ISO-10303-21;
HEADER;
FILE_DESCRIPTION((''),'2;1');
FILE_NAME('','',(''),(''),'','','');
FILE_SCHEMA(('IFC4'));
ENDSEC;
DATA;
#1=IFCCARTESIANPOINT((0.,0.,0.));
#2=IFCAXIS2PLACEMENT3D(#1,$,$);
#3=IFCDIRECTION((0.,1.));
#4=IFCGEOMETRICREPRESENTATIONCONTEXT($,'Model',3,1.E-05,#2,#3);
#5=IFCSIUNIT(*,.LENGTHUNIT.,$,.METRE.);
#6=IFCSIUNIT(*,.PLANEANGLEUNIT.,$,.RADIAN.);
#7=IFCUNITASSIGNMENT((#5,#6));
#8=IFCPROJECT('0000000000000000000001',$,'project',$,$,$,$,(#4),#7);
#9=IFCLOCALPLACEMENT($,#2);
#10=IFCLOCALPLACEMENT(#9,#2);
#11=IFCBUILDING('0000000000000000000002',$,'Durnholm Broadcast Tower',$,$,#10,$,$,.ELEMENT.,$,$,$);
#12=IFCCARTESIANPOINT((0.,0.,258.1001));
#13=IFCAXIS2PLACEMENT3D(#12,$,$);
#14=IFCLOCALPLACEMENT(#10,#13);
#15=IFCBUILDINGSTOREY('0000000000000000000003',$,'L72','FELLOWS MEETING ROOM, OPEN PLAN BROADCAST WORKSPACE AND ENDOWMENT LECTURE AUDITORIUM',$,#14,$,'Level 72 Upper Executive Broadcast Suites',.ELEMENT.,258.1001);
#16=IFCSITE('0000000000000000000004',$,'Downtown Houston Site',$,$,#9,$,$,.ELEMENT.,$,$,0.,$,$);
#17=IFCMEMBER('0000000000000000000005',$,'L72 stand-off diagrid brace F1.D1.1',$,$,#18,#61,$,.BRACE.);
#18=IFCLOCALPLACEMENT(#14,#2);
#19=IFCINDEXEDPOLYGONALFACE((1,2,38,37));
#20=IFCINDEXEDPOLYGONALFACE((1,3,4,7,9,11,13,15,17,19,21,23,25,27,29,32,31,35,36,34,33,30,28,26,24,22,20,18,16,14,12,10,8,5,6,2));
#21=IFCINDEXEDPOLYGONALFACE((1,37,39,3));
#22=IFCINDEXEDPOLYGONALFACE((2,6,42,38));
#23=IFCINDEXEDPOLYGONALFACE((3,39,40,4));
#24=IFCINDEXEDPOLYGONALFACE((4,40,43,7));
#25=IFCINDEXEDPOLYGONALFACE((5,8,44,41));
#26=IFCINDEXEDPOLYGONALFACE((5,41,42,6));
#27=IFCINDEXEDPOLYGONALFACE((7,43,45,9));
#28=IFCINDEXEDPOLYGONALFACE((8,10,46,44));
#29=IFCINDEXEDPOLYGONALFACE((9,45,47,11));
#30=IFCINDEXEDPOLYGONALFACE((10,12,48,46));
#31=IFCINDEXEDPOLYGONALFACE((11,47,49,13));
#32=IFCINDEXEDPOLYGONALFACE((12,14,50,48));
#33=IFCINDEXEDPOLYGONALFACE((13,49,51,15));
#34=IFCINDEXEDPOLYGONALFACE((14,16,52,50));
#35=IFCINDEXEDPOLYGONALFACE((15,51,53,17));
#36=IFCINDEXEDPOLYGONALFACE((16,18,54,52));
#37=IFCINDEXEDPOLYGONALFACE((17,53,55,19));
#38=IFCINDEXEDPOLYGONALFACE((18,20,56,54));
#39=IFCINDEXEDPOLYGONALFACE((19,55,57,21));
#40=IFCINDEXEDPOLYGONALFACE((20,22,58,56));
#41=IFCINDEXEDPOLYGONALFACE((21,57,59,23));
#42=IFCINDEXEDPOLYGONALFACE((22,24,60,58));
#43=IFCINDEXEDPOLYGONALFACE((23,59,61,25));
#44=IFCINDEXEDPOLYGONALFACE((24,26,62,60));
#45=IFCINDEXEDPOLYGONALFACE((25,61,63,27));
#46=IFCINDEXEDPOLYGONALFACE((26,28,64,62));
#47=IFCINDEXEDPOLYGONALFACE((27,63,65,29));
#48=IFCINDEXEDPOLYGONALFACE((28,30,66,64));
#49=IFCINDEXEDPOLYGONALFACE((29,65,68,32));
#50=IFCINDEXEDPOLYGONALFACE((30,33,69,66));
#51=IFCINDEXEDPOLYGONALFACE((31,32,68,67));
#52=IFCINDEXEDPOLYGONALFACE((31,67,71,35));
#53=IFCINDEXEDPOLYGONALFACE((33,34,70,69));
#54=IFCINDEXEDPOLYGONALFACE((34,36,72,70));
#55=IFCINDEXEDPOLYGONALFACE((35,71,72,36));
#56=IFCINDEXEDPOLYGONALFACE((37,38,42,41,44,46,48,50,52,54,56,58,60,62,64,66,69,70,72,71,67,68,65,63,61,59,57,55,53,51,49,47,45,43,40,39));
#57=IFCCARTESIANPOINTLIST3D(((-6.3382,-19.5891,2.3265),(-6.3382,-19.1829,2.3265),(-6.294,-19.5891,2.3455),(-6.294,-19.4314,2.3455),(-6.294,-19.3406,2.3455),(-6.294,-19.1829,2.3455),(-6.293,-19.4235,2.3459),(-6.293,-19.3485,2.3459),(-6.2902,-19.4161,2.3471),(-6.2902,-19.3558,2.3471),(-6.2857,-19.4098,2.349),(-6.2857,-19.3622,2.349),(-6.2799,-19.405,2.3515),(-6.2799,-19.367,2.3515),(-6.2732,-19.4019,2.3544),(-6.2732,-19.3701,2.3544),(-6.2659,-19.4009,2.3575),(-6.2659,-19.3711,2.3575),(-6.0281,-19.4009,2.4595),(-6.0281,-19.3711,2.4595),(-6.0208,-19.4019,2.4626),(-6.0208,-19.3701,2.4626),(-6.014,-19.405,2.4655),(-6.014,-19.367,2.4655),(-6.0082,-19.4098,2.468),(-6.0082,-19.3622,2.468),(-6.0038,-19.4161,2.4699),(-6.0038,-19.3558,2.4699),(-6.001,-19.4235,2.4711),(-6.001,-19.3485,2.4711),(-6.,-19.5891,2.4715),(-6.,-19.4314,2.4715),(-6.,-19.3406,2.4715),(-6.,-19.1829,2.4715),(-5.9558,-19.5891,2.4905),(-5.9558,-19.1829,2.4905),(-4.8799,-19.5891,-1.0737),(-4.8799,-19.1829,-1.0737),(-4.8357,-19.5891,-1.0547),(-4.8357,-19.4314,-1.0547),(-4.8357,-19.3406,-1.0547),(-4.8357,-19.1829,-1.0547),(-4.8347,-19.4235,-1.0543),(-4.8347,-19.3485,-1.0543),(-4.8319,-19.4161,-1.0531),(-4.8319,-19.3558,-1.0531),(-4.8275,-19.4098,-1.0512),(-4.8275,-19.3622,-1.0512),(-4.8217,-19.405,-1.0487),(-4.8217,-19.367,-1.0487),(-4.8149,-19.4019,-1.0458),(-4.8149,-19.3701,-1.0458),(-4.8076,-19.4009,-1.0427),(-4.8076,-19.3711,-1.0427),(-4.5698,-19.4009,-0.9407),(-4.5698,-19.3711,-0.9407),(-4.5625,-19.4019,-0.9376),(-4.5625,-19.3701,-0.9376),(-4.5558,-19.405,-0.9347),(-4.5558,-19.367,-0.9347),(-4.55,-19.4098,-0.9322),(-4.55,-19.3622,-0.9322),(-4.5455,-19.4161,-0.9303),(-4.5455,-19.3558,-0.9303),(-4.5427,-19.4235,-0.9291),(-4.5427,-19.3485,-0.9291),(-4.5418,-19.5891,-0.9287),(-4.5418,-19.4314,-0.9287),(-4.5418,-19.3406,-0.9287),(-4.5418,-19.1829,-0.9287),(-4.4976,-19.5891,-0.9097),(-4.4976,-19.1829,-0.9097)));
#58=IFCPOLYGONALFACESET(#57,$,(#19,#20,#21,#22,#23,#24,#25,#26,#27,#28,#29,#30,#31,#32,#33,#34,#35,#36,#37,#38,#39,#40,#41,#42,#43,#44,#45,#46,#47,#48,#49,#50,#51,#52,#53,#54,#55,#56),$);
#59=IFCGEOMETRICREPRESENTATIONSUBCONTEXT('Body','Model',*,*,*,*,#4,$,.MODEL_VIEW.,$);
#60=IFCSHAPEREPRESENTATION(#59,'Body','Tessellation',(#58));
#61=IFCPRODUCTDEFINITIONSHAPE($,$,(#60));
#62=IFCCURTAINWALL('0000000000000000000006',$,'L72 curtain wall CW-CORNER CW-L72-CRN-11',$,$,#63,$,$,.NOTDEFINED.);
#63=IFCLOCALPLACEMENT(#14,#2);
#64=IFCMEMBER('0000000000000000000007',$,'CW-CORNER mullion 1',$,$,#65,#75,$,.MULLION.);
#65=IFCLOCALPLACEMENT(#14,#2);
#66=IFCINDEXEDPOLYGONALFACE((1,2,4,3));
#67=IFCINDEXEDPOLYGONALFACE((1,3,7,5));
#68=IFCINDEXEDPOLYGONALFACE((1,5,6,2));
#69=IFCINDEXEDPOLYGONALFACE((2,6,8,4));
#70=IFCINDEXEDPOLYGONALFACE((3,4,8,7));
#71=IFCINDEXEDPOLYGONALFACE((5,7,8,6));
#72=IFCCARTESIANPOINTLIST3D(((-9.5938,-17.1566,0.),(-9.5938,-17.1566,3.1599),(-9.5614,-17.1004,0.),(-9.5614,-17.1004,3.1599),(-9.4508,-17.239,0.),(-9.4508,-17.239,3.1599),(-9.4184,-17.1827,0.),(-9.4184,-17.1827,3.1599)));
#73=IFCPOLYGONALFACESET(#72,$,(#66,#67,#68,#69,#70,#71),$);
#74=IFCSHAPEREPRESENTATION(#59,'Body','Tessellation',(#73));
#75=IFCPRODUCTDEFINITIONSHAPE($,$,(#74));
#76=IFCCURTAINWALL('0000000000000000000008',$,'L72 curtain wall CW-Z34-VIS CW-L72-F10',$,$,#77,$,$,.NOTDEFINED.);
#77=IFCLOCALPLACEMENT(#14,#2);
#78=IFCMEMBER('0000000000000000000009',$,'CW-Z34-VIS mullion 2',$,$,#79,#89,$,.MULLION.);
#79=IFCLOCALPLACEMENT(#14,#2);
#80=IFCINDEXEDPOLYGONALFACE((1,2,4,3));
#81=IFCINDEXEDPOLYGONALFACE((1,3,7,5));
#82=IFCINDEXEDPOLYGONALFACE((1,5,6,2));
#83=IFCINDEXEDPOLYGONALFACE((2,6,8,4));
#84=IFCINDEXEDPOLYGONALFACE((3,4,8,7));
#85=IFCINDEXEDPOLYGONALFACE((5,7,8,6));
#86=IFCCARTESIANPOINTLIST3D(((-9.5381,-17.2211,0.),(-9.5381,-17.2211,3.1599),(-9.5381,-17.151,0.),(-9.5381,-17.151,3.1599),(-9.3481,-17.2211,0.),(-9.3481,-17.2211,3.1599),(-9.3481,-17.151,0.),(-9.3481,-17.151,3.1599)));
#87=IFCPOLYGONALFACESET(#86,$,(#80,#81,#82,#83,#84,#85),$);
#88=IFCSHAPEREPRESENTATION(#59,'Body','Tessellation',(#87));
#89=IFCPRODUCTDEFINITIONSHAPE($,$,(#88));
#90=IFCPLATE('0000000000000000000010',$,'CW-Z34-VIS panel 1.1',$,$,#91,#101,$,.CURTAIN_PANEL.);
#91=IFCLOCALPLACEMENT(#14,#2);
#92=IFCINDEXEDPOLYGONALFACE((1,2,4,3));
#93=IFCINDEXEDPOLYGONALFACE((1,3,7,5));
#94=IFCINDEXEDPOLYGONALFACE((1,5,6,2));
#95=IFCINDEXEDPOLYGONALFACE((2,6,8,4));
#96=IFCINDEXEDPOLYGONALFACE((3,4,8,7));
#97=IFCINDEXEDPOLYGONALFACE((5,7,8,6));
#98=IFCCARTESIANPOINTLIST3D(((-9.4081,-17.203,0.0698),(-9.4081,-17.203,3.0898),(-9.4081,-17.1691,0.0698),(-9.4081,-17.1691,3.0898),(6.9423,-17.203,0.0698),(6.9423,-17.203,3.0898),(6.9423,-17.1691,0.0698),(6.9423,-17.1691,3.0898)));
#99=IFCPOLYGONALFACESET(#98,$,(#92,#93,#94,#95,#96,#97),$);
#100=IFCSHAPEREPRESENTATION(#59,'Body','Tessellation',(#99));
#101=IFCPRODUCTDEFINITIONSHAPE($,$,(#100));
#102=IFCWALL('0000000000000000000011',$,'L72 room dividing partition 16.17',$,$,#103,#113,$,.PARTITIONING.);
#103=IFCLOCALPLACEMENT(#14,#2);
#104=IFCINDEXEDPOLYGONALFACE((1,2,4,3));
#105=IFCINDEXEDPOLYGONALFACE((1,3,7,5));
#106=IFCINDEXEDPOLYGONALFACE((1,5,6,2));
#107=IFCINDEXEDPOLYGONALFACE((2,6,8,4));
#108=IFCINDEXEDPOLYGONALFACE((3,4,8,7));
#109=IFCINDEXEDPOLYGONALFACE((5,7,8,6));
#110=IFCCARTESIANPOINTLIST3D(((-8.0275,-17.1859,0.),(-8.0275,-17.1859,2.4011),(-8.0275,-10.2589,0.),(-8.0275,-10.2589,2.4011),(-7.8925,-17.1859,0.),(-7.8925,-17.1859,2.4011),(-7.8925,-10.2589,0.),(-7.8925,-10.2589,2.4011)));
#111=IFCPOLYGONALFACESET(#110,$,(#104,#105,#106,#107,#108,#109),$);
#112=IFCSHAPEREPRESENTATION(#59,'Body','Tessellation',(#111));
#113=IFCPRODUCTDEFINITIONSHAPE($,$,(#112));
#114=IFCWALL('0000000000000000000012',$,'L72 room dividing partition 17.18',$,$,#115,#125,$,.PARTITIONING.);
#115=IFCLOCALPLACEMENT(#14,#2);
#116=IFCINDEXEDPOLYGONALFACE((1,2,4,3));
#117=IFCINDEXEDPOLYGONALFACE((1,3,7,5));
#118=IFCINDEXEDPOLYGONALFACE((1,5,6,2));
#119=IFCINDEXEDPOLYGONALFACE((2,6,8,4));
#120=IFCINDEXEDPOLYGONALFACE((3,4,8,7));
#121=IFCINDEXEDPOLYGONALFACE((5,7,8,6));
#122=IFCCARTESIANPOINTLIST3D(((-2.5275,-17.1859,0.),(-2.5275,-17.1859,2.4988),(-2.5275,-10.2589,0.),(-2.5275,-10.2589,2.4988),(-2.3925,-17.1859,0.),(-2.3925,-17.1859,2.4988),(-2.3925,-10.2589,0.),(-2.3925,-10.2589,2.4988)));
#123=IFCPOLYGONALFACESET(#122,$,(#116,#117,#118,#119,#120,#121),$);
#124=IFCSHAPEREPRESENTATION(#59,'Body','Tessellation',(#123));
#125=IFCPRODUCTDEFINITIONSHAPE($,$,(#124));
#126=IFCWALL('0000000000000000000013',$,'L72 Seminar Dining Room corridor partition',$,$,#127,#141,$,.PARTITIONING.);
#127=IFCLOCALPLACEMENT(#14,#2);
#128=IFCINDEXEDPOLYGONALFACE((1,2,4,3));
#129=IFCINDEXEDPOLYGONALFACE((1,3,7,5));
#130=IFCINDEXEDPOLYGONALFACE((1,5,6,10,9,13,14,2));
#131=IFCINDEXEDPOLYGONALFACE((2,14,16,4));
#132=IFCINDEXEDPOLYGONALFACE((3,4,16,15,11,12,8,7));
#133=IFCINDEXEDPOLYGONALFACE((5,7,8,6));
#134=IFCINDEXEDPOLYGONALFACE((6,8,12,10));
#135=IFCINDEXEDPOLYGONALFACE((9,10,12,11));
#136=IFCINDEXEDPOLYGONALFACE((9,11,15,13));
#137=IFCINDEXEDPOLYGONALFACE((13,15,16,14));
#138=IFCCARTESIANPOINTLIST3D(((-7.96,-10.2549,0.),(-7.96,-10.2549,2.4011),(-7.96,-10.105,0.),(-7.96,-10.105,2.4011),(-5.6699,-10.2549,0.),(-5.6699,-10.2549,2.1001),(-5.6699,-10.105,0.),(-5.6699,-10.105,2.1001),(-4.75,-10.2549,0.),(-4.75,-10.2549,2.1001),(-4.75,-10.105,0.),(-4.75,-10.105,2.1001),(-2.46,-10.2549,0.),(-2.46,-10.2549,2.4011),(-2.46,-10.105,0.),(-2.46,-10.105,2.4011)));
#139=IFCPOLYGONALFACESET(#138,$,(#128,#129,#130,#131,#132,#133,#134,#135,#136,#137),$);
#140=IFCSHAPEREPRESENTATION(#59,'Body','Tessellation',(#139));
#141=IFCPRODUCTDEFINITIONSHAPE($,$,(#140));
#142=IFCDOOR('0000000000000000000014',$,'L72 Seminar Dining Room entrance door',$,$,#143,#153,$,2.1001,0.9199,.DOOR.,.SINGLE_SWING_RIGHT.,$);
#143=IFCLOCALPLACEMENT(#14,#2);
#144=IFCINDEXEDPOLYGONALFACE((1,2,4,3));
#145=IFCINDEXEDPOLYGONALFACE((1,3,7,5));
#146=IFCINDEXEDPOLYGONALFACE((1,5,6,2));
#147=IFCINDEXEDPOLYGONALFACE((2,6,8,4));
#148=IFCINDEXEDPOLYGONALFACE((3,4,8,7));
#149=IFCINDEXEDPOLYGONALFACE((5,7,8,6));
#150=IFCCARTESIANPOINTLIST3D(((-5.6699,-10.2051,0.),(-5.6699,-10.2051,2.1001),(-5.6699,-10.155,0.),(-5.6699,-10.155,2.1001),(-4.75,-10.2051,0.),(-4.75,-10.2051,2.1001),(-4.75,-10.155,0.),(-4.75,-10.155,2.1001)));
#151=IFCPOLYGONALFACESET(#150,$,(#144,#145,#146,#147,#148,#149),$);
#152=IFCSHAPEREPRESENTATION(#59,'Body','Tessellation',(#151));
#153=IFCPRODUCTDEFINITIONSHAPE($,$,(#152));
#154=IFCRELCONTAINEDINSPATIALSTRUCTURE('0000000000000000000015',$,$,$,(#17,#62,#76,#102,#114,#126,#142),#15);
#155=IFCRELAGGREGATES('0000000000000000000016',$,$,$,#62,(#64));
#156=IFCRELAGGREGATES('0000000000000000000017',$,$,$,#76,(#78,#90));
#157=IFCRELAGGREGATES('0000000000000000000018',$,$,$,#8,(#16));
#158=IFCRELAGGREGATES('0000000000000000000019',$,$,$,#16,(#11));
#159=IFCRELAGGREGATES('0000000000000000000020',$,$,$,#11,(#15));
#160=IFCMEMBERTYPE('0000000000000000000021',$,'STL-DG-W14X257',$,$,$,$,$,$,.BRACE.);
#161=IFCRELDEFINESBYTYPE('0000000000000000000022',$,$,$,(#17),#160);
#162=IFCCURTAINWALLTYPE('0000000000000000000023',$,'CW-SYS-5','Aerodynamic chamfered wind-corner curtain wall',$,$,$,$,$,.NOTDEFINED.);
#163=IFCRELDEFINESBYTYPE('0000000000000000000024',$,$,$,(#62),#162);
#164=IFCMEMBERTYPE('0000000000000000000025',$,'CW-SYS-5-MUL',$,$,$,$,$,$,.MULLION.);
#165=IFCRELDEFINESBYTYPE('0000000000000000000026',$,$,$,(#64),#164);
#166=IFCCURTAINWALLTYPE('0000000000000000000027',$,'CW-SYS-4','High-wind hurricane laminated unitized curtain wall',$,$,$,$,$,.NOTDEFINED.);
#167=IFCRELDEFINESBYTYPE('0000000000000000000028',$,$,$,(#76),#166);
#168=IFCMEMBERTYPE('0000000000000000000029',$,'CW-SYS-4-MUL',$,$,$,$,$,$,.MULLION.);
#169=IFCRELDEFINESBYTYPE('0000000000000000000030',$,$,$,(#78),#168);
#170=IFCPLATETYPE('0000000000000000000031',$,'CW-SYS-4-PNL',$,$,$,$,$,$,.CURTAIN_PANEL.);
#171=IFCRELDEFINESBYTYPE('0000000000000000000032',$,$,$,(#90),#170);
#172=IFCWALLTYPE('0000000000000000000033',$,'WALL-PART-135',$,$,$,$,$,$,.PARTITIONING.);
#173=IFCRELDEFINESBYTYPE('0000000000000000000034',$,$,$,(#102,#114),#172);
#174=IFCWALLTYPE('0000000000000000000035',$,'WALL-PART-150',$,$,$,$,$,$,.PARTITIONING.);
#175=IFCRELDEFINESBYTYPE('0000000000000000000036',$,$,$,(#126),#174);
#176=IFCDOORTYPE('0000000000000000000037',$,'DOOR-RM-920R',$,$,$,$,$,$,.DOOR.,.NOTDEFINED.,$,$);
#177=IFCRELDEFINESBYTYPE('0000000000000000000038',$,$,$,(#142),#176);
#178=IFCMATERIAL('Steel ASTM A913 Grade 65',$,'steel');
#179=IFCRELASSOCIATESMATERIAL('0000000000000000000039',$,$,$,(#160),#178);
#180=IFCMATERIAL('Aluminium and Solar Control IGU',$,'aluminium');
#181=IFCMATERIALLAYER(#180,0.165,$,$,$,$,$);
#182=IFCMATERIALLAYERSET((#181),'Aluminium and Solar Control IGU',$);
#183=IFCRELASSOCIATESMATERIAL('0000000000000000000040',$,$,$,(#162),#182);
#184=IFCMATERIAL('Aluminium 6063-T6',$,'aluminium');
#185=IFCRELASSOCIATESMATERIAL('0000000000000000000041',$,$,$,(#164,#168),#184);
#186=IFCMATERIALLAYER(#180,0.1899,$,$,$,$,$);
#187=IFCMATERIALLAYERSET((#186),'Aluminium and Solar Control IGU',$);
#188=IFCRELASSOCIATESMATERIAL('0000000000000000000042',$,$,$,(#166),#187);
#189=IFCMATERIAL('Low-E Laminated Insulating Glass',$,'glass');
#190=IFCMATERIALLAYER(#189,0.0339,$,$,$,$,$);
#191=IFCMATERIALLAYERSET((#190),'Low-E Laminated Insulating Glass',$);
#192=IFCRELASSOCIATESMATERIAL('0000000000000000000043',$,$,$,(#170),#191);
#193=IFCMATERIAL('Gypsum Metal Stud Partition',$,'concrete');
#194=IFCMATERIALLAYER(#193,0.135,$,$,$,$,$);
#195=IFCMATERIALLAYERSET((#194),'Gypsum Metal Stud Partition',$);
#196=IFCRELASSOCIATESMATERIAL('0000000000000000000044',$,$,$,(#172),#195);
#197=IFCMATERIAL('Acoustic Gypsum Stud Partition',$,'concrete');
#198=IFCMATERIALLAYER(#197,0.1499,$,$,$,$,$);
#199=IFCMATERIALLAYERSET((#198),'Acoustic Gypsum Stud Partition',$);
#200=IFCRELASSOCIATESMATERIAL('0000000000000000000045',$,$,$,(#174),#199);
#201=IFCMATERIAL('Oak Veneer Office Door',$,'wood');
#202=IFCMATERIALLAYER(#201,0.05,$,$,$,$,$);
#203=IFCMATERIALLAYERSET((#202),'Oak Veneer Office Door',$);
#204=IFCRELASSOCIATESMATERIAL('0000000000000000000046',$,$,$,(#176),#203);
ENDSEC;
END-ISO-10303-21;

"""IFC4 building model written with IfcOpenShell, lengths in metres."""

from ifc_helpers import new_model, si_unit, direction, frame, frame_2d, origin, origin_2d, place, context, subcontext, project, spatial, rectangle, i_section, extrude, source, transform, mapped, material, layer, layer_set, material_profile, profile_set, type_object, type_shapes, element, fill, aggregate, save


model = new_model("IFC4")

# Units and contexts
model_context = context("Model", 3, precision=1e-05, world=origin(), true_north=direction((0.0, 1.0)))
body_context = subcontext(model_context, "Body", "Model", "MODEL_VIEW")
ifc_project = project(units=[si_unit("LENGTHUNIT", "METRE"), si_unit("PLANEANGLEUNIT", "RADIAN")], contexts=[model_context])

# Site, building, storey
site_placement = place(None, origin())
site = spatial("IfcSite", under=ifc_project, at=site_placement, Name="Downtown Houston Site", CompositionType="ELEMENT", RefElevation=0.0)
building_placement = place(site_placement, origin())
building = spatial("IfcBuilding", under=site, at=building_placement, Name="Durnholm Broadcast Tower", CompositionType="ELEMENT")
storey_placement = place(building_placement, frame((0.0, 0.0, 258.1001)))
storey = spatial("IfcBuildingStorey", under=building, at=storey_placement, Name="L72", Description="FELLOWS MEETING ROOM, OPEN PLAN BROADCAST WORKSPACE AND ENDOWMENT LECTURE AUDITORIUM", LongName="Level 72 Upper Executive Broadcast Suites", CompositionType="ELEMENT", Elevation=258.1001)

# Member
ifc_material_1 = material(Name="Steel ASTM A913 Grade 65", Category="steel")
ifc_material_profile_1 = material_profile(ifc_material_1, i_section(OverallWidth=0.4062, OverallDepth=0.416, WebThickness=0.0298, FlangeThickness=0.0481, FilletRadius=0.0305, at=origin_2d()), Name="W14X257")
ifc_profile_set_1 = profile_set([ifc_material_profile_1], Name="Steel ASTM A913 Grade 65")
member_type_1 = type_object("IfcMemberType", Name="STL-DG-W14X257", PredefinedType="BRACE", material=ifc_profile_set_1)
shared_shape_1 = source(origin(), body_context, "Body", "SweptSolid", [
    extrude(i_section(OverallWidth=0.4062, OverallDepth=0.416, WebThickness=0.0298, FlangeThickness=0.0481, FilletRadius=0.0305, at=origin_2d()), origin(), (0.0, 0.0, 1.0), 3.6997),
])
member_1_placement = place(storey_placement, frame((-4.6887, -19.386, -0.9917), z_axis=(-0.394158, 0.0, 0.919043), x_axis=(0.0, -1.0, 0.0)))
element("IfcMember", 1, at=member_1_placement, inside=storey, type_object=member_type_1, Name="L72 stand-off diagrid brace F1.D1.1", PredefinedType="BRACE", context=body_context, shape_type="MappedRepresentation", body=[
    mapped(shared_shape_1, transform((0.0, 0.0, 0.0), x_axis=(1.0, 0.0, 0.0), y_axis=(0.0, 1.0, 0.0), z_axis=(0.0, 0.0, 1.0), scale=1.0)),
])

# Curtain wall, member
ifc_material_2 = material(Name="Aluminium and Solar Control IGU", Category="aluminium")
ifc_layer_1 = layer(ifc_material_2, 0.165)
ifc_layer_set_1 = layer_set([ifc_layer_1], Name="Aluminium and Solar Control IGU")
curtain_wall_type_1 = type_object("IfcCurtainWallType", Name="CW-SYS-5", Description="Aerodynamic chamfered wind-corner curtain wall", PredefinedType="NOTDEFINED", material=ifc_layer_set_1)
curtain_wall_1_placement = place(storey_placement, origin())
curtain_wall_1 = element("IfcCurtainWall", 2, at=curtain_wall_1_placement, inside=storey, type_object=curtain_wall_type_1, Name="L72 curtain wall CW-CORNER CW-L72-CRN-11", PredefinedType="NOTDEFINED")
ifc_material_3 = material(Name="Aluminium 6063-T6", Category="aluminium")
ifc_material_profile_2 = material_profile(ifc_material_3, rectangle(XDim=0.0649, YDim=0.165, at=origin_2d()), Name="CWM65X165")
ifc_profile_set_2 = profile_set([ifc_material_profile_2], Name="Aluminium 6063-T6")
member_type_2 = type_object("IfcMemberType", Name="CW-SYS-5-MUL", PredefinedType="MULLION", material=ifc_profile_set_2)
shared_shape_2 = source(origin(), body_context, "Body", "SweptSolid", [
    extrude(rectangle(XDim=0.0649, YDim=0.165, at=origin_2d()), origin(), (0.0, 0.0, 1.0), 3.1599),
])
type_shapes(member_type_2, [shared_shape_2])
member_2_placement = place(storey_placement, frame((-9.5061, -17.1697, 0.0), z_axis=(0.0, 0.0, 1.0), x_axis=(-0.499059, -0.866568, 0.0)))
member_2 = element("IfcMember", 3, at=member_2_placement, type_object=member_type_2, Name="CW-CORNER mullion 1", PredefinedType="MULLION", context=body_context, shape_type="MappedRepresentation", body=[
    mapped(shared_shape_2, transform((0.0, 0.0, 0.0), x_axis=(1.0, 0.0, 0.0), y_axis=(0.0, 1.0, 0.0), z_axis=(0.0, 0.0, 1.0), scale=1.0)),
])
aggregate(curtain_wall_1, [member_2])

# Curtain wall, member, plate
ifc_layer_2 = layer(ifc_material_2, 0.1899)
ifc_layer_set_2 = layer_set([ifc_layer_2], Name="Aluminium and Solar Control IGU")
curtain_wall_type_2 = type_object("IfcCurtainWallType", Name="CW-SYS-4", Description="High-wind hurricane laminated unitized curtain wall", PredefinedType="NOTDEFINED", material=ifc_layer_set_2)
curtain_wall_2_placement = place(storey_placement, origin())
curtain_wall_2 = element("IfcCurtainWall", 4, at=curtain_wall_2_placement, inside=storey, type_object=curtain_wall_type_2, Name="L72 curtain wall CW-Z34-VIS CW-L72-F10", PredefinedType="NOTDEFINED")
ifc_material_profile_3 = material_profile(ifc_material_3, rectangle(XDim=0.0701, YDim=0.1899, at=origin_2d()), Name="CWM70X190")
ifc_profile_set_3 = profile_set([ifc_material_profile_3], Name="Aluminium 6063-T6")
member_type_3 = type_object("IfcMemberType", Name="CW-SYS-4-MUL", PredefinedType="MULLION", material=ifc_profile_set_3)
shared_shape_3 = source(origin(), body_context, "Body", "SweptSolid", [
    extrude(rectangle(XDim=0.0701, YDim=0.1899, at=origin_2d()), origin(), (0.0, 0.0, 1.0), 3.1599),
])
type_shapes(member_type_3, [shared_shape_3])
member_3_placement = place(storey_placement, frame((-9.4431, -17.186, 0.0), z_axis=(0.0, 0.0, 1.0), x_axis=(0.0, -1.0, 0.0)))
member_3 = element("IfcMember", 5, at=member_3_placement, type_object=member_type_3, Name="CW-Z34-VIS mullion 2", PredefinedType="MULLION", context=body_context, shape_type="MappedRepresentation", body=[
    mapped(shared_shape_3, transform((0.0, 0.0, 0.0), x_axis=(1.0, 0.0, 0.0), y_axis=(0.0, 1.0, 0.0), z_axis=(0.0, 0.0, 1.0), scale=1.0)),
])
ifc_material_4 = material(Name="Low-E Laminated Insulating Glass", Category="glass")
ifc_layer_3 = layer(ifc_material_4, 0.0339)
ifc_layer_set_3 = layer_set([ifc_layer_3], Name="Low-E Laminated Insulating Glass")
plate_type = type_object("IfcPlateType", Name="CW-SYS-4-PNL", PredefinedType="CURTAIN_PANEL", material=ifc_layer_set_3)
shared_shape_4 = source(origin(), body_context, "Body", "SweptSolid", [
    extrude(rectangle(XDim=16.3503, YDim=0.0339, at=origin_2d()), origin(), (0.0, 0.0, 1.0), 3.02),
])
type_shapes(plate_type, [shared_shape_4])
plate_placement = place(storey_placement, frame((-1.2329, -17.186, 0.0698), z_axis=(0.0, 0.0, 1.0), x_axis=(-1.0, 0.0, 0.0)))
plate = element("IfcPlate", 6, at=plate_placement, type_object=plate_type, Name="CW-Z34-VIS panel 1.1", PredefinedType="CURTAIN_PANEL", context=body_context, shape_type="MappedRepresentation", body=[
    mapped(shared_shape_4, transform((0.0, 0.0, 0.0), x_axis=(1.0, 0.0, 0.0), y_axis=(0.0, 1.0, 0.0), z_axis=(0.0, 0.0, 1.0), scale=1.0)),
])
aggregate(curtain_wall_2, [member_3, plate])

# Walls
ifc_material_5 = material(Name="Gypsum Metal Stud Partition", Category="concrete")
ifc_layer_4 = layer(ifc_material_5, 0.135)
ifc_layer_set_4 = layer_set([ifc_layer_4], Name="Gypsum Metal Stud Partition")
wall_type_1 = type_object("IfcWallType", Name="WALL-PART-135", PredefinedType="PARTITIONING", material=ifc_layer_set_4)
wall_1_placement = place(storey_placement, frame((-7.96, -10.259, 0.0), z_axis=(0.0, 0.0, 1.0), x_axis=(0.0, -1.0, 0.0)))
element("IfcWall", 7, at=wall_1_placement, inside=storey, type_object=wall_type_1, Name="L72 room dividing partition 16.17", PredefinedType="PARTITIONING", context=body_context, shape_type="SweptSolid", body=[
    extrude(rectangle(XDim=6.927, YDim=0.135, at=frame_2d((3.4634, 0.0))), origin(), (0.0, 0.0, 1.0), 2.4011),
])
wall_2_placement = place(storey_placement, frame((-2.46, -10.259, 0.0), z_axis=(0.0, 0.0, 1.0), x_axis=(0.0, -1.0, 0.0)))
element("IfcWall", 8, at=wall_2_placement, inside=storey, type_object=wall_type_1, Name="L72 room dividing partition 17.18", PredefinedType="PARTITIONING", context=body_context, shape_type="SweptSolid", body=[
    extrude(rectangle(XDim=6.927, YDim=0.135, at=frame_2d((3.4634, 0.0))), origin(), (0.0, 0.0, 1.0), 2.4988),
])

# Wall, opening, door
ifc_material_6 = material(Name="Acoustic Gypsum Stud Partition", Category="concrete")
ifc_layer_5 = layer(ifc_material_6, 0.1499)
ifc_layer_set_5 = layer_set([ifc_layer_5], Name="Acoustic Gypsum Stud Partition")
wall_type_2 = type_object("IfcWallType", Name="WALL-PART-150", PredefinedType="PARTITIONING", material=ifc_layer_set_5)
wall_3_placement = place(storey_placement, frame((-7.96, -10.1799, 0.0), z_axis=(0.0, 0.0, 1.0), x_axis=(1.0, 0.0, 0.0)))
wall_3 = element("IfcWall", 9, at=wall_3_placement, inside=storey, type_object=wall_type_2, Name="L72 Seminar Dining Room corridor partition", PredefinedType="PARTITIONING", context=body_context, shape_type="SweptSolid", body=[
    extrude(rectangle(XDim=5.5, YDim=0.1499, at=frame_2d((2.75, 0.0))), origin(), (0.0, 0.0, 1.0), 2.4011),
])
opening_1_placement = place(wall_3_placement, frame((2.29, 0.0, 0.0)))
opening_1 = element("IfcOpeningElement", 10, at=opening_1_placement, cuts=wall_3, PredefinedType="OPENING", context=body_context, shape_type="SweptSolid", body=[
    extrude(rectangle(XDim=0.9199, YDim=2.1001, at=frame_2d((0.46, 1.05))), frame((0.0, 0.085, 0.0), z_axis=(0.0, -1.0, 0.0), x_axis=(1.0, 0.0, 0.0)), (0.0, 0.0, 1.0), 0.1699),
])
ifc_material_7 = material(Name="Oak Veneer Office Door", Category="wood")
ifc_layer_6 = layer(ifc_material_7, 0.05)
ifc_layer_set_6 = layer_set([ifc_layer_6], Name="Oak Veneer Office Door")
door_type_1 = type_object("IfcDoorType", Name="DOOR-RM-920R", OperationType="NOTDEFINED", PredefinedType="DOOR", material=ifc_layer_set_6)
shared_shape_5 = source(origin(), body_context, "Body", "SweptSolid", [
    extrude(rectangle(XDim=0.9199, YDim=2.1001, at=frame_2d((0.46, 1.05))), frame((0.0, 0.0249, 0.0), z_axis=(0.0, -1.0, 0.0), x_axis=(1.0, 0.0, 0.0)), (0.0, 0.0, 1.0), 0.05),
])
type_shapes(door_type_1, [shared_shape_5])
door_1_placement = place(opening_1_placement, origin())
door_1 = element("IfcDoor", 11, at=door_1_placement, inside=storey, type_object=door_type_1, Name="L72 Seminar Dining Room entrance door", OperationType="SINGLE_SWING_RIGHT", OverallHeight=2.1001, OverallWidth=0.9199, PredefinedType="DOOR", context=body_context, shape_type="MappedRepresentation", body=[
    mapped(shared_shape_5, transform((0.0, 0.0, 0.0), x_axis=(1.0, 0.0, 0.0), y_axis=(0.0, 1.0, 0.0), z_axis=(0.0, 0.0, 1.0), scale=1.0)),
])
fill(opening_1, door_1)

save(model, "model.ifc")
